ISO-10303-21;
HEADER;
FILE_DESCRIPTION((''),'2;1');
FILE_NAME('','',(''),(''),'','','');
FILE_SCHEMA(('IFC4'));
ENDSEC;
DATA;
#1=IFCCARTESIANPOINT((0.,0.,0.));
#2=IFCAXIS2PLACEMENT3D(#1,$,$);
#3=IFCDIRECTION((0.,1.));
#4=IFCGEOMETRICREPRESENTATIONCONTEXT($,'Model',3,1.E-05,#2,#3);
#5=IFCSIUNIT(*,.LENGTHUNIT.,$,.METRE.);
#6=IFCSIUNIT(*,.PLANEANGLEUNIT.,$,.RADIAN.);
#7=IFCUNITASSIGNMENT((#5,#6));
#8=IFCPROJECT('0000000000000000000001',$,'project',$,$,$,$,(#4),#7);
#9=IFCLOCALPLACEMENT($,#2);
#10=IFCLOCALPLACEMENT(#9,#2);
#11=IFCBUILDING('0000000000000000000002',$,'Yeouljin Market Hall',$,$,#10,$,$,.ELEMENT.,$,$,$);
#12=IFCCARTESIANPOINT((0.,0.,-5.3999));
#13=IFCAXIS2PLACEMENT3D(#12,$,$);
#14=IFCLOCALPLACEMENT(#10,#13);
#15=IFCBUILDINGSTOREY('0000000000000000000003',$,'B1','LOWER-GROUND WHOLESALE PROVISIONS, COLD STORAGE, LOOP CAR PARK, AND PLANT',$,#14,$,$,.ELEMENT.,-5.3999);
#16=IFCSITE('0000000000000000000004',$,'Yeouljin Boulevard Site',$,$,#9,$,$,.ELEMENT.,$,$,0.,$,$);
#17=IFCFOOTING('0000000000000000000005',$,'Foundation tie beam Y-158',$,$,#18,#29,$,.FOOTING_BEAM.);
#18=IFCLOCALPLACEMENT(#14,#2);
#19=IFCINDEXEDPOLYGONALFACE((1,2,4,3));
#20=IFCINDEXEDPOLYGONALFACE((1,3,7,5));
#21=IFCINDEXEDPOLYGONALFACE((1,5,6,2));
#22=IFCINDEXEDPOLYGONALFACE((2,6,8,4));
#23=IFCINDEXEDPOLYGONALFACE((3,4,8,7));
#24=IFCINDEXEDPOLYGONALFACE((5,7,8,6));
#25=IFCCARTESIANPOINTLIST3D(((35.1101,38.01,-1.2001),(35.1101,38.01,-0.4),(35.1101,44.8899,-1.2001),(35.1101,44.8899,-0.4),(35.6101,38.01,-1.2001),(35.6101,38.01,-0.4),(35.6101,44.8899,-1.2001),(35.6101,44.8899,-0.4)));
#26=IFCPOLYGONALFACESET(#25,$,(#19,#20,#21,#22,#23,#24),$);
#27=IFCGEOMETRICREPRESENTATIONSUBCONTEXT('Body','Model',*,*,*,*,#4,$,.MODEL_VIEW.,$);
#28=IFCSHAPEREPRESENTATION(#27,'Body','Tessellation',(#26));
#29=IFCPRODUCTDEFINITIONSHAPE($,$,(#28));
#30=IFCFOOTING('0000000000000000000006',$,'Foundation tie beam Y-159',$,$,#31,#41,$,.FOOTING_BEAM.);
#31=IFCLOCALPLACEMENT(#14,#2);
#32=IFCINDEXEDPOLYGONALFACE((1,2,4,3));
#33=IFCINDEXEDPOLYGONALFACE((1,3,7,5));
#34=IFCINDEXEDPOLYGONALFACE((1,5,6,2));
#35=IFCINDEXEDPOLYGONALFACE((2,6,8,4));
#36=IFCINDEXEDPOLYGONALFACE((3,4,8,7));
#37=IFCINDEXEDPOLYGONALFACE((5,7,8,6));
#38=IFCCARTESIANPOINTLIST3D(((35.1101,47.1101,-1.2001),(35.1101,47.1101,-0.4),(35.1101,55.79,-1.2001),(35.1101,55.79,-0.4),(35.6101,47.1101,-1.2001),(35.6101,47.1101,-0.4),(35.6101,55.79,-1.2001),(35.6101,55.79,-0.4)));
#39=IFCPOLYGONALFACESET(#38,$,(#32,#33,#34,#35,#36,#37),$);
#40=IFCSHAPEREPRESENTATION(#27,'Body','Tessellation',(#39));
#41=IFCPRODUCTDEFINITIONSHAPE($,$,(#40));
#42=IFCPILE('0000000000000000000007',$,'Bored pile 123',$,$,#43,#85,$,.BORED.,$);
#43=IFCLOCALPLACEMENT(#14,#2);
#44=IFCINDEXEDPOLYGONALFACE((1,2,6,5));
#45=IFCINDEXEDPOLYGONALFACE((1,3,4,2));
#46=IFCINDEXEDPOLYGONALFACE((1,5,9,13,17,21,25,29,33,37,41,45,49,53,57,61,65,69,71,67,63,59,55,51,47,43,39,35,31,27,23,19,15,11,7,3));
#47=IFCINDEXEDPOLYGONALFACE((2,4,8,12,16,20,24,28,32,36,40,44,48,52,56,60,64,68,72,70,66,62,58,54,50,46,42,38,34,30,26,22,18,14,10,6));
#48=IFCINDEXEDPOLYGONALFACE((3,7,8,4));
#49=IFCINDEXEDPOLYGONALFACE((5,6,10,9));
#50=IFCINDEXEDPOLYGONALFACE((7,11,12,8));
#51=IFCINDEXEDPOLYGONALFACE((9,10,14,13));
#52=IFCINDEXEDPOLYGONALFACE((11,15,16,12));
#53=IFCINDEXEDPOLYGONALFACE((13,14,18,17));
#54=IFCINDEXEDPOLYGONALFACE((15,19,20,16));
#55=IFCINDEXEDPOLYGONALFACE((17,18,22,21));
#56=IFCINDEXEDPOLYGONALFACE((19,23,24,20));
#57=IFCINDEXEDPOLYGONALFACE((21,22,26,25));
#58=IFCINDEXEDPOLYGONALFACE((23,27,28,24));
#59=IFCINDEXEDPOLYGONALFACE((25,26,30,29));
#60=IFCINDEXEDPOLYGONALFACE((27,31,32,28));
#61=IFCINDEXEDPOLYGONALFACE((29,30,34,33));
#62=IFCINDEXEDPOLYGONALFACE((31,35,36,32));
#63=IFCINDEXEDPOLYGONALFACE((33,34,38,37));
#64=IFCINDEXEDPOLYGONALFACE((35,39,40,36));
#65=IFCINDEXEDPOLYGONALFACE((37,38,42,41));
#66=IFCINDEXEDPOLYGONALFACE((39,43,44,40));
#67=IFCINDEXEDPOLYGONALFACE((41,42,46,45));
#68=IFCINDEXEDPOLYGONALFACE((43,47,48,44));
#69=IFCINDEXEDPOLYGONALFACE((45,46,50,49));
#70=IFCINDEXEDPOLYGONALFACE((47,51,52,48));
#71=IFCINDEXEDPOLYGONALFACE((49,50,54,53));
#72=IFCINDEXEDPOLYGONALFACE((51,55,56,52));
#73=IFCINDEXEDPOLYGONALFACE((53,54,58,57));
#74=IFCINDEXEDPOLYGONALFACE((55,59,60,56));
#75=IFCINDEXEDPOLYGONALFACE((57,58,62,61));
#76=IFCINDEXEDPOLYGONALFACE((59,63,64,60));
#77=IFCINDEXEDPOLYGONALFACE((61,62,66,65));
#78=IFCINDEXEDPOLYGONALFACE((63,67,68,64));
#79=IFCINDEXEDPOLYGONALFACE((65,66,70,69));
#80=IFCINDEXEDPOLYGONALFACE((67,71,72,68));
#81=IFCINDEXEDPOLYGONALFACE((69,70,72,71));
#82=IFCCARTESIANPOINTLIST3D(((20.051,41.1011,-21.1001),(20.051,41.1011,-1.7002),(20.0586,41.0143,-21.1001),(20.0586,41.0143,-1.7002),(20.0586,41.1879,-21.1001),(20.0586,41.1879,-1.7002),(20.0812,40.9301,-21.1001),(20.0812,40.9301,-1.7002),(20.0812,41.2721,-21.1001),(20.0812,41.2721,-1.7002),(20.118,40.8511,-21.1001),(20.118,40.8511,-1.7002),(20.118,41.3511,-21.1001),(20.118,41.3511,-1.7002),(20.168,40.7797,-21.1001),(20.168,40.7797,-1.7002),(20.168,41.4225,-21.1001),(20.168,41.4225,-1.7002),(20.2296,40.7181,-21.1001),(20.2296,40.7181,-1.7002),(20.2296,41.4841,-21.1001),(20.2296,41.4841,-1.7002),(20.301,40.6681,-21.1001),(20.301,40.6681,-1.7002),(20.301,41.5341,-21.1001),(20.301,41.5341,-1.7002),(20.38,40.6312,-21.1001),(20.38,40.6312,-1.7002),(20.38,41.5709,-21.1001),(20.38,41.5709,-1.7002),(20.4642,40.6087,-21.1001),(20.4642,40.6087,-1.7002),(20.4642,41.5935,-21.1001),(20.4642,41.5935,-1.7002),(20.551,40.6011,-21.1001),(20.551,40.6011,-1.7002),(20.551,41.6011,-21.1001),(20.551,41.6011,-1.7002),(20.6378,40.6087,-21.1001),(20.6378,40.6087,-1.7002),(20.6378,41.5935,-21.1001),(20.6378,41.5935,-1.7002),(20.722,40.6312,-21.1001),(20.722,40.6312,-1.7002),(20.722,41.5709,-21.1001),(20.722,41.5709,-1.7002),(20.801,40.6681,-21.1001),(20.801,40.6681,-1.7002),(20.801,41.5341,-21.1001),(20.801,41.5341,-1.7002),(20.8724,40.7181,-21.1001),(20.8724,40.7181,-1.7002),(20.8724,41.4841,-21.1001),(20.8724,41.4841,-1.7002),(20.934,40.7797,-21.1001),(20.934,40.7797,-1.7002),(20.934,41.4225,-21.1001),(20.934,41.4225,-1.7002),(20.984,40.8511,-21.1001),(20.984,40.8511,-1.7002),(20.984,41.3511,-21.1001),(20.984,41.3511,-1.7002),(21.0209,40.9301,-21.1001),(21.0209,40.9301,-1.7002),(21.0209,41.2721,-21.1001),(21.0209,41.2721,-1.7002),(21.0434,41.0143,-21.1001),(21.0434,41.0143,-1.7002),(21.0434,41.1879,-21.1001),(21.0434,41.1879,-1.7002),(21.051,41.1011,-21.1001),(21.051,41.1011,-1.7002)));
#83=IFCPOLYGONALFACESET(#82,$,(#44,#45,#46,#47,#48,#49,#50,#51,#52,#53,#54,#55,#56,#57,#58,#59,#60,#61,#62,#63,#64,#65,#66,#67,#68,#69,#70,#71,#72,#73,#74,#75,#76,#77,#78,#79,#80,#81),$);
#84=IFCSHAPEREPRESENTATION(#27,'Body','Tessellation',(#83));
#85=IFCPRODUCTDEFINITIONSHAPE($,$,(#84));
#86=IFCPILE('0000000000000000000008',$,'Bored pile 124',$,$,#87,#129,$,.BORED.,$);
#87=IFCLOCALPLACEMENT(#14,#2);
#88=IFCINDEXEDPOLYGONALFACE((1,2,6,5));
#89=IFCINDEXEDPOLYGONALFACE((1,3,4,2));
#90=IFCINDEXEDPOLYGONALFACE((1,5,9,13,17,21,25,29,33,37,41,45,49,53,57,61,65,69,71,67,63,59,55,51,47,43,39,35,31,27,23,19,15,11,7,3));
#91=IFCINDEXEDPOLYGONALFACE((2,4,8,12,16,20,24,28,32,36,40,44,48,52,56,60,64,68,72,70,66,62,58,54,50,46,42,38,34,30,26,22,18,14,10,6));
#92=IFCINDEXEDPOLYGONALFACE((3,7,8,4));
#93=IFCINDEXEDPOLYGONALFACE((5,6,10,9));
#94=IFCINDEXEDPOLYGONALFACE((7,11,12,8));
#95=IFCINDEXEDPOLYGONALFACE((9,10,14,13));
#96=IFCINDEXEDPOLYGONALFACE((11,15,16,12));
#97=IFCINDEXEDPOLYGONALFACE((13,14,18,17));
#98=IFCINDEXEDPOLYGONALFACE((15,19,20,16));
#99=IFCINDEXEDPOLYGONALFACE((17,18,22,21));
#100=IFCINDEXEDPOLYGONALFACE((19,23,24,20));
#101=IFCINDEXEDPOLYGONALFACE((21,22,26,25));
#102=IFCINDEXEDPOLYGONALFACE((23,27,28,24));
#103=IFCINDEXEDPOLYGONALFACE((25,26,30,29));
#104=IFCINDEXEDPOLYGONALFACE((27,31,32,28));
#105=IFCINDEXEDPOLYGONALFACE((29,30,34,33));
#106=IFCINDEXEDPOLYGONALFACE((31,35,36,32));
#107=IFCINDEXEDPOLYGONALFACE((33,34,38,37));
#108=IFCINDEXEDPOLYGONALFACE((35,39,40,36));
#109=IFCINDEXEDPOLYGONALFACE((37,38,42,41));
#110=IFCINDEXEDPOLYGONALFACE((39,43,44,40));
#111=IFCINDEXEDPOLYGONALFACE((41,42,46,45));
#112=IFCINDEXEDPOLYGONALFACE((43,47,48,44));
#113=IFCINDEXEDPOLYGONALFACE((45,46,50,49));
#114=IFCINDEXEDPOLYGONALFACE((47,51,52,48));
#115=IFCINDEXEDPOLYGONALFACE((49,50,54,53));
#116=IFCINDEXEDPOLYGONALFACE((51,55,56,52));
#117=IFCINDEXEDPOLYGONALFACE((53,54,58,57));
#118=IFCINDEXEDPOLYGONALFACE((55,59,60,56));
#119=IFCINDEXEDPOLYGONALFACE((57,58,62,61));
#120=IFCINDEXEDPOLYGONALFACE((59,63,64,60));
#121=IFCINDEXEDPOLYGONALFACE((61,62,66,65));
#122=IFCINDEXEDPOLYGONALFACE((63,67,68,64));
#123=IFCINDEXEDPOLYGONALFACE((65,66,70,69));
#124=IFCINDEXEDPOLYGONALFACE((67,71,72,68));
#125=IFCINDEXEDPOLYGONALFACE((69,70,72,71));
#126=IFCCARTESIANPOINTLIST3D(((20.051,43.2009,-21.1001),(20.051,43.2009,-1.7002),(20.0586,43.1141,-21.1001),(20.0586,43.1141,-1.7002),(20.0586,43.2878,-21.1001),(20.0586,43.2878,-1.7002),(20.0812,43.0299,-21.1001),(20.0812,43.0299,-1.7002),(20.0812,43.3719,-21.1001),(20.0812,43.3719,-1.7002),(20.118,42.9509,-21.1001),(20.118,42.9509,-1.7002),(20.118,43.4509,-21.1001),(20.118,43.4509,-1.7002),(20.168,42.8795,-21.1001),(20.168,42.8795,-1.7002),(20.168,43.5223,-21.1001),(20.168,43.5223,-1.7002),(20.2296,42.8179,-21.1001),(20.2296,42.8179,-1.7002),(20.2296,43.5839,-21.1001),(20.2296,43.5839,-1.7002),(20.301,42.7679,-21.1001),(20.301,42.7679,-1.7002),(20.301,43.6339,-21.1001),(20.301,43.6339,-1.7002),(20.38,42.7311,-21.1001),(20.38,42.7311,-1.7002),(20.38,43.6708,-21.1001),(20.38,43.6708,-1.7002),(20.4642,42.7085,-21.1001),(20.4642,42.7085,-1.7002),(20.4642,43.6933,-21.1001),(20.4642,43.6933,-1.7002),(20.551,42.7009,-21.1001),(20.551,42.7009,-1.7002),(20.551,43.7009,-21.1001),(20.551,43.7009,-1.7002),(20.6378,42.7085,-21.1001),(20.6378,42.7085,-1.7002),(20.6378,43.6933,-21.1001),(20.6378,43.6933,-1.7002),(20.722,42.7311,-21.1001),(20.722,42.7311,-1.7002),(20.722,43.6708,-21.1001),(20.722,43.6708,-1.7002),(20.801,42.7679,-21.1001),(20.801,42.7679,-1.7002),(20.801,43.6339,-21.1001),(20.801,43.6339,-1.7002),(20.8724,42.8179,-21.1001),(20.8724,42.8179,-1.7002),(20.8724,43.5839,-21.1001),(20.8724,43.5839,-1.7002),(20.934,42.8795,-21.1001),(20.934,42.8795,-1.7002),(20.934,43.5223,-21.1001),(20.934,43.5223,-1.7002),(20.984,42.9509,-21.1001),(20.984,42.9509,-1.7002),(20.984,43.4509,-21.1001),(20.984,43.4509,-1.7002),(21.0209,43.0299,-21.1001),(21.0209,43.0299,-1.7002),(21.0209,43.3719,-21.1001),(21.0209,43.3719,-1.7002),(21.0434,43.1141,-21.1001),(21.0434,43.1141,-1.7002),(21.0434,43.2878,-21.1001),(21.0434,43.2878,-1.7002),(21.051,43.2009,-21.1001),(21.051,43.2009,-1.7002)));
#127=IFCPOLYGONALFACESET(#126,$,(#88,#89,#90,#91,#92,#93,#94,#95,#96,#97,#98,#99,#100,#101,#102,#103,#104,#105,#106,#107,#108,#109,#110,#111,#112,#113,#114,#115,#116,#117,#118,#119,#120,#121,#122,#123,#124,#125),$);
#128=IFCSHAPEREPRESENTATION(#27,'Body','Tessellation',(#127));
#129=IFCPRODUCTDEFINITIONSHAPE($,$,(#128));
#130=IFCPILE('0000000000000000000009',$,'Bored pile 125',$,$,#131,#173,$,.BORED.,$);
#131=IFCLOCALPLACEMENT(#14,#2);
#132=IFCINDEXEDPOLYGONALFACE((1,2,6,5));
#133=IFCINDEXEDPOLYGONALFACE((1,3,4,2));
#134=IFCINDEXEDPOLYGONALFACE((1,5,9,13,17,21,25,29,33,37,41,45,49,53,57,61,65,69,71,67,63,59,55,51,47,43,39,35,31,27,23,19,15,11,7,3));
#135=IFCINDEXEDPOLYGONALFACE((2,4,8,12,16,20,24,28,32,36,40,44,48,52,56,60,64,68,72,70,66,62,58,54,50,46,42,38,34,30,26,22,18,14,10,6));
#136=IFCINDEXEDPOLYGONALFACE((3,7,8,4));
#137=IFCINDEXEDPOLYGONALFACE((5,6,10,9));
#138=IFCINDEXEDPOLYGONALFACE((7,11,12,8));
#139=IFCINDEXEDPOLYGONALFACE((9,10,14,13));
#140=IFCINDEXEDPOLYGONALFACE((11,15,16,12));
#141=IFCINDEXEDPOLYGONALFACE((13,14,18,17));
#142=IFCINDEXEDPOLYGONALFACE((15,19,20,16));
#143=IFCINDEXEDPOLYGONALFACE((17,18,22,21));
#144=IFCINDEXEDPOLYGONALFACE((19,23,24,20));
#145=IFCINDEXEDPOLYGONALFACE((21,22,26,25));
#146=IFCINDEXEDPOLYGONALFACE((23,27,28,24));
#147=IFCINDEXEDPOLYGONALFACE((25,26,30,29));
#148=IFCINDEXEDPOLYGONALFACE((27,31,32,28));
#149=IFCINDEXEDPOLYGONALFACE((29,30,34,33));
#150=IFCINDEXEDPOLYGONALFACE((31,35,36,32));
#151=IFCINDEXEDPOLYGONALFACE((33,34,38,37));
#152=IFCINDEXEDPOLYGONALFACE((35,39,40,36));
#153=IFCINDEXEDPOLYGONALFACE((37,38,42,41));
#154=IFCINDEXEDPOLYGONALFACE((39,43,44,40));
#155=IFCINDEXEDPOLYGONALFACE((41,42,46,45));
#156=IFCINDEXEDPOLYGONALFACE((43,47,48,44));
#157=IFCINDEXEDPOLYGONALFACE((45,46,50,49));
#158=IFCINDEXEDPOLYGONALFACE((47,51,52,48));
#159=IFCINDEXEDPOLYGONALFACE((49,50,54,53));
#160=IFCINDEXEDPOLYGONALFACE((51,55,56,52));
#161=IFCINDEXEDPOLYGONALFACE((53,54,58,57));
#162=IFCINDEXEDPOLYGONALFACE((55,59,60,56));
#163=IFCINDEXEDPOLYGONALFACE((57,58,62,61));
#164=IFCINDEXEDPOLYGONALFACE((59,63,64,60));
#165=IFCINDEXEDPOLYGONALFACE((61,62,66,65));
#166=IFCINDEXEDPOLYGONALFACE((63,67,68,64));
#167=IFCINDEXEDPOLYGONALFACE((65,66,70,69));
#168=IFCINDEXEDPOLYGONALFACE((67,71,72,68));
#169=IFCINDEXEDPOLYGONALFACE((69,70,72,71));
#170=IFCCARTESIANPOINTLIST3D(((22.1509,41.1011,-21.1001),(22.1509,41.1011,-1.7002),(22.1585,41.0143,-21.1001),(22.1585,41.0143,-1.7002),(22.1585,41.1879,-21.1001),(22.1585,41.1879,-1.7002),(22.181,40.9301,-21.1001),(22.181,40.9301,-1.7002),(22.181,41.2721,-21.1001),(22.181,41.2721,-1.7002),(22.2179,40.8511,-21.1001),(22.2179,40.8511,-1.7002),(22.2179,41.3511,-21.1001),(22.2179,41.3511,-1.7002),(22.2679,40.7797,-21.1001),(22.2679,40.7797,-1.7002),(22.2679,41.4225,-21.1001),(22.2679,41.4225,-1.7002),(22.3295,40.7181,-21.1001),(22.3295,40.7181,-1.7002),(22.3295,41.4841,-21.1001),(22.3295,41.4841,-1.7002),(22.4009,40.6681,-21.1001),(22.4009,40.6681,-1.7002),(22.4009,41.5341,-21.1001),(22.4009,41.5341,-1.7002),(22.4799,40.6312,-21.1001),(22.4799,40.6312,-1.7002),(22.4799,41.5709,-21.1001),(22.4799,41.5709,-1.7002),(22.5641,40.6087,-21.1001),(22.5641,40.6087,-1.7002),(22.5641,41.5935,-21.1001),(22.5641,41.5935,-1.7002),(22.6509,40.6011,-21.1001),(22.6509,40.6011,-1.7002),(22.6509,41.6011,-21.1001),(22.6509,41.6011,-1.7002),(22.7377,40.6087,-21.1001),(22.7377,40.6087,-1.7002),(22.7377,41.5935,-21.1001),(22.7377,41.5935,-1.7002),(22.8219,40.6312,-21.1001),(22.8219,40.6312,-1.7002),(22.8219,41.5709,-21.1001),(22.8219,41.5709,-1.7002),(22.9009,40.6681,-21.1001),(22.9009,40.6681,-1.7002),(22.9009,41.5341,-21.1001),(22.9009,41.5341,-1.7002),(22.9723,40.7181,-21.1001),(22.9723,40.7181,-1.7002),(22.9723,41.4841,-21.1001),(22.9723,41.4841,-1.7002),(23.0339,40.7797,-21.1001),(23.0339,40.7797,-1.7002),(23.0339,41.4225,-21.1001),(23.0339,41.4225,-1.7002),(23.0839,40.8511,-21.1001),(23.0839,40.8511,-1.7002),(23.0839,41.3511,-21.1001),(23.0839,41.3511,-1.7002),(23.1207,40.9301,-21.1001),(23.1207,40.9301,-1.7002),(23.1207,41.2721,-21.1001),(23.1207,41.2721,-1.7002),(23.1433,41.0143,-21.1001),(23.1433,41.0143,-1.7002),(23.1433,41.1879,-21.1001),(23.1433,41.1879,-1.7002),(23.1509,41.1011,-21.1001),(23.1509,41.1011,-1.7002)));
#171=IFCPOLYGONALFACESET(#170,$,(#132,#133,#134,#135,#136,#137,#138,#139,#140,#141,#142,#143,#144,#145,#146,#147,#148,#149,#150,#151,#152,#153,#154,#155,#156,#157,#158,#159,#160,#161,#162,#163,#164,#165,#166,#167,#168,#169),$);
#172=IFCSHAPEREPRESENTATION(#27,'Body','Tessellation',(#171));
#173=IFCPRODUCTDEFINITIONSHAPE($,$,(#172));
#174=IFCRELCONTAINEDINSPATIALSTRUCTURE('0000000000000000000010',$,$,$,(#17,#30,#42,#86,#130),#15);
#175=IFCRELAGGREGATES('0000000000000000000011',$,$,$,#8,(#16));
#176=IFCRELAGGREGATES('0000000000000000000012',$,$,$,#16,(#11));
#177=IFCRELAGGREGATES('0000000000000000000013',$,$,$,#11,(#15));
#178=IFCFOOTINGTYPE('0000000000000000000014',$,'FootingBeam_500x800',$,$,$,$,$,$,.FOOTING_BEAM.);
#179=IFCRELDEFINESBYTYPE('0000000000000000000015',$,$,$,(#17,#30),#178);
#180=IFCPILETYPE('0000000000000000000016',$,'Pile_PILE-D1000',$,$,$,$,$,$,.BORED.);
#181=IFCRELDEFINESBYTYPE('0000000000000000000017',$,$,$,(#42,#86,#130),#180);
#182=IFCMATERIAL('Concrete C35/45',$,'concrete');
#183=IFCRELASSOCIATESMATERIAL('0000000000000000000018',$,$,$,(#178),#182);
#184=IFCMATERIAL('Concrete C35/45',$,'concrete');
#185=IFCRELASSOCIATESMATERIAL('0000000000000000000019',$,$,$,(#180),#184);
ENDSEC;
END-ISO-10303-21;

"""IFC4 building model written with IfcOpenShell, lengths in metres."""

from ifc_helpers import new_model, si_unit, direction, frame, origin, origin_2d, place, context, subcontext, project, spatial, rectangle, circle, extrude, material, material_profile, profile_set, type_object, element, save


model = new_model("IFC4")

# Units and contexts
model_context = context("Model", 3, precision=1e-05, world=origin(), true_north=direction((0.0, 1.0)))
body_context = subcontext(model_context, "Body", "Model", "MODEL_VIEW")
ifc_project = project(units=[si_unit("LENGTHUNIT", "METRE"), si_unit("PLANEANGLEUNIT", "RADIAN")], contexts=[model_context])

# Site, building, storey
site_placement = place(None, origin())
site = spatial("IfcSite", under=ifc_project, at=site_placement, Name="Yeouljin Boulevard Site", CompositionType="ELEMENT", RefElevation=0.0)
building_placement = place(site_placement, origin())
building = spatial("IfcBuilding", under=site, at=building_placement, Name="Yeouljin Market Hall", CompositionType="ELEMENT")
storey_placement = place(building_placement, frame((0.0, 0.0, -5.3999)))
storey = spatial("IfcBuildingStorey", under=building, at=storey_placement, Name="B1", Description="LOWER-GROUND WHOLESALE PROVISIONS, COLD STORAGE, LOOP CAR PARK, AND PLANT", CompositionType="ELEMENT", Elevation=-5.3999)

# Footings
ifc_material_1 = material(Name="Concrete C35/45", Category="concrete")
ifc_material_profile_1 = material_profile(ifc_material_1, rectangle(XDim=0.5, YDim=0.8, at=origin_2d()), Name="RC-500x800")
ifc_profile_set_1 = profile_set([ifc_material_profile_1], Name="Concrete C35/45")
footing_type = type_object("IfcFootingType", Name="FootingBeam_500x800", PredefinedType="FOOTING_BEAM", material=ifc_profile_set_1)
footing_1_placement = place(storey_placement, frame((35.3601, 38.01, -0.8), z_axis=(0.0, 1.0, 0.0), x_axis=(-1.0, 0.0, 0.0)))
element("IfcFooting", 1, at=footing_1_placement, inside=storey, type_object=footing_type, Name="Foundation tie beam Y-158", PredefinedType="FOOTING_BEAM", context=body_context, shape_type="SweptSolid", body=[
    extrude(rectangle(XDim=0.5, YDim=0.8, at=origin_2d()), origin(), (0.0, 0.0, 1.0), 6.8799),
])
footing_2_placement = place(storey_placement, frame((35.3601, 47.1101, -0.8), z_axis=(0.0, 1.0, 0.0), x_axis=(-1.0, 0.0, 0.0)))
element("IfcFooting", 2, at=footing_2_placement, inside=storey, type_object=footing_type, Name="Foundation tie beam Y-159", PredefinedType="FOOTING_BEAM", context=body_context, shape_type="SweptSolid", body=[
    extrude(rectangle(XDim=0.5, YDim=0.8, at=origin_2d()), origin(), (0.0, 0.0, 1.0), 8.6799),
])

# Piles
ifc_material_2 = material(Name="Concrete C35/45", Category="concrete")
ifc_material_profile_2 = material_profile(ifc_material_2, circle(Radius=0.5, at=origin_2d()), Name="PILE-D1000")
ifc_profile_set_2 = profile_set([ifc_material_profile_2], Name="Concrete C35/45")
pile_type = type_object("IfcPileType", Name="Pile_PILE-D1000", PredefinedType="BORED", material=ifc_profile_set_2)
for number, where, z_axis, x_axis, name in (
    (3, (20.551, 41.1011, -1.7002), (0.0, 0.0, -1.0), (1.0, 0.0, 0.0), "Bored pile 123"),
    (4, (20.551, 43.2009, -1.7002), (0.0, 0.0, -1.0), (1.0, 0.0, 0.0), "Bored pile 124"),
    (5, (22.6509, 41.1011, -1.7002), (0.0, 0.0, -1.0), (1.0, 0.0, 0.0), "Bored pile 125"),
):
    element("IfcPile", number, at=place(storey_placement, frame(where, z_axis=z_axis, x_axis=x_axis)), inside=storey, type_object=pile_type, Name=name, PredefinedType="BORED", context=body_context, shape_type="SweptSolid", body=[
        extrude(circle(Radius=0.5, at=origin_2d()), origin(), (0.0, 0.0, 1.0), 19.3999),
    ])

save(model, "model.ifc")
